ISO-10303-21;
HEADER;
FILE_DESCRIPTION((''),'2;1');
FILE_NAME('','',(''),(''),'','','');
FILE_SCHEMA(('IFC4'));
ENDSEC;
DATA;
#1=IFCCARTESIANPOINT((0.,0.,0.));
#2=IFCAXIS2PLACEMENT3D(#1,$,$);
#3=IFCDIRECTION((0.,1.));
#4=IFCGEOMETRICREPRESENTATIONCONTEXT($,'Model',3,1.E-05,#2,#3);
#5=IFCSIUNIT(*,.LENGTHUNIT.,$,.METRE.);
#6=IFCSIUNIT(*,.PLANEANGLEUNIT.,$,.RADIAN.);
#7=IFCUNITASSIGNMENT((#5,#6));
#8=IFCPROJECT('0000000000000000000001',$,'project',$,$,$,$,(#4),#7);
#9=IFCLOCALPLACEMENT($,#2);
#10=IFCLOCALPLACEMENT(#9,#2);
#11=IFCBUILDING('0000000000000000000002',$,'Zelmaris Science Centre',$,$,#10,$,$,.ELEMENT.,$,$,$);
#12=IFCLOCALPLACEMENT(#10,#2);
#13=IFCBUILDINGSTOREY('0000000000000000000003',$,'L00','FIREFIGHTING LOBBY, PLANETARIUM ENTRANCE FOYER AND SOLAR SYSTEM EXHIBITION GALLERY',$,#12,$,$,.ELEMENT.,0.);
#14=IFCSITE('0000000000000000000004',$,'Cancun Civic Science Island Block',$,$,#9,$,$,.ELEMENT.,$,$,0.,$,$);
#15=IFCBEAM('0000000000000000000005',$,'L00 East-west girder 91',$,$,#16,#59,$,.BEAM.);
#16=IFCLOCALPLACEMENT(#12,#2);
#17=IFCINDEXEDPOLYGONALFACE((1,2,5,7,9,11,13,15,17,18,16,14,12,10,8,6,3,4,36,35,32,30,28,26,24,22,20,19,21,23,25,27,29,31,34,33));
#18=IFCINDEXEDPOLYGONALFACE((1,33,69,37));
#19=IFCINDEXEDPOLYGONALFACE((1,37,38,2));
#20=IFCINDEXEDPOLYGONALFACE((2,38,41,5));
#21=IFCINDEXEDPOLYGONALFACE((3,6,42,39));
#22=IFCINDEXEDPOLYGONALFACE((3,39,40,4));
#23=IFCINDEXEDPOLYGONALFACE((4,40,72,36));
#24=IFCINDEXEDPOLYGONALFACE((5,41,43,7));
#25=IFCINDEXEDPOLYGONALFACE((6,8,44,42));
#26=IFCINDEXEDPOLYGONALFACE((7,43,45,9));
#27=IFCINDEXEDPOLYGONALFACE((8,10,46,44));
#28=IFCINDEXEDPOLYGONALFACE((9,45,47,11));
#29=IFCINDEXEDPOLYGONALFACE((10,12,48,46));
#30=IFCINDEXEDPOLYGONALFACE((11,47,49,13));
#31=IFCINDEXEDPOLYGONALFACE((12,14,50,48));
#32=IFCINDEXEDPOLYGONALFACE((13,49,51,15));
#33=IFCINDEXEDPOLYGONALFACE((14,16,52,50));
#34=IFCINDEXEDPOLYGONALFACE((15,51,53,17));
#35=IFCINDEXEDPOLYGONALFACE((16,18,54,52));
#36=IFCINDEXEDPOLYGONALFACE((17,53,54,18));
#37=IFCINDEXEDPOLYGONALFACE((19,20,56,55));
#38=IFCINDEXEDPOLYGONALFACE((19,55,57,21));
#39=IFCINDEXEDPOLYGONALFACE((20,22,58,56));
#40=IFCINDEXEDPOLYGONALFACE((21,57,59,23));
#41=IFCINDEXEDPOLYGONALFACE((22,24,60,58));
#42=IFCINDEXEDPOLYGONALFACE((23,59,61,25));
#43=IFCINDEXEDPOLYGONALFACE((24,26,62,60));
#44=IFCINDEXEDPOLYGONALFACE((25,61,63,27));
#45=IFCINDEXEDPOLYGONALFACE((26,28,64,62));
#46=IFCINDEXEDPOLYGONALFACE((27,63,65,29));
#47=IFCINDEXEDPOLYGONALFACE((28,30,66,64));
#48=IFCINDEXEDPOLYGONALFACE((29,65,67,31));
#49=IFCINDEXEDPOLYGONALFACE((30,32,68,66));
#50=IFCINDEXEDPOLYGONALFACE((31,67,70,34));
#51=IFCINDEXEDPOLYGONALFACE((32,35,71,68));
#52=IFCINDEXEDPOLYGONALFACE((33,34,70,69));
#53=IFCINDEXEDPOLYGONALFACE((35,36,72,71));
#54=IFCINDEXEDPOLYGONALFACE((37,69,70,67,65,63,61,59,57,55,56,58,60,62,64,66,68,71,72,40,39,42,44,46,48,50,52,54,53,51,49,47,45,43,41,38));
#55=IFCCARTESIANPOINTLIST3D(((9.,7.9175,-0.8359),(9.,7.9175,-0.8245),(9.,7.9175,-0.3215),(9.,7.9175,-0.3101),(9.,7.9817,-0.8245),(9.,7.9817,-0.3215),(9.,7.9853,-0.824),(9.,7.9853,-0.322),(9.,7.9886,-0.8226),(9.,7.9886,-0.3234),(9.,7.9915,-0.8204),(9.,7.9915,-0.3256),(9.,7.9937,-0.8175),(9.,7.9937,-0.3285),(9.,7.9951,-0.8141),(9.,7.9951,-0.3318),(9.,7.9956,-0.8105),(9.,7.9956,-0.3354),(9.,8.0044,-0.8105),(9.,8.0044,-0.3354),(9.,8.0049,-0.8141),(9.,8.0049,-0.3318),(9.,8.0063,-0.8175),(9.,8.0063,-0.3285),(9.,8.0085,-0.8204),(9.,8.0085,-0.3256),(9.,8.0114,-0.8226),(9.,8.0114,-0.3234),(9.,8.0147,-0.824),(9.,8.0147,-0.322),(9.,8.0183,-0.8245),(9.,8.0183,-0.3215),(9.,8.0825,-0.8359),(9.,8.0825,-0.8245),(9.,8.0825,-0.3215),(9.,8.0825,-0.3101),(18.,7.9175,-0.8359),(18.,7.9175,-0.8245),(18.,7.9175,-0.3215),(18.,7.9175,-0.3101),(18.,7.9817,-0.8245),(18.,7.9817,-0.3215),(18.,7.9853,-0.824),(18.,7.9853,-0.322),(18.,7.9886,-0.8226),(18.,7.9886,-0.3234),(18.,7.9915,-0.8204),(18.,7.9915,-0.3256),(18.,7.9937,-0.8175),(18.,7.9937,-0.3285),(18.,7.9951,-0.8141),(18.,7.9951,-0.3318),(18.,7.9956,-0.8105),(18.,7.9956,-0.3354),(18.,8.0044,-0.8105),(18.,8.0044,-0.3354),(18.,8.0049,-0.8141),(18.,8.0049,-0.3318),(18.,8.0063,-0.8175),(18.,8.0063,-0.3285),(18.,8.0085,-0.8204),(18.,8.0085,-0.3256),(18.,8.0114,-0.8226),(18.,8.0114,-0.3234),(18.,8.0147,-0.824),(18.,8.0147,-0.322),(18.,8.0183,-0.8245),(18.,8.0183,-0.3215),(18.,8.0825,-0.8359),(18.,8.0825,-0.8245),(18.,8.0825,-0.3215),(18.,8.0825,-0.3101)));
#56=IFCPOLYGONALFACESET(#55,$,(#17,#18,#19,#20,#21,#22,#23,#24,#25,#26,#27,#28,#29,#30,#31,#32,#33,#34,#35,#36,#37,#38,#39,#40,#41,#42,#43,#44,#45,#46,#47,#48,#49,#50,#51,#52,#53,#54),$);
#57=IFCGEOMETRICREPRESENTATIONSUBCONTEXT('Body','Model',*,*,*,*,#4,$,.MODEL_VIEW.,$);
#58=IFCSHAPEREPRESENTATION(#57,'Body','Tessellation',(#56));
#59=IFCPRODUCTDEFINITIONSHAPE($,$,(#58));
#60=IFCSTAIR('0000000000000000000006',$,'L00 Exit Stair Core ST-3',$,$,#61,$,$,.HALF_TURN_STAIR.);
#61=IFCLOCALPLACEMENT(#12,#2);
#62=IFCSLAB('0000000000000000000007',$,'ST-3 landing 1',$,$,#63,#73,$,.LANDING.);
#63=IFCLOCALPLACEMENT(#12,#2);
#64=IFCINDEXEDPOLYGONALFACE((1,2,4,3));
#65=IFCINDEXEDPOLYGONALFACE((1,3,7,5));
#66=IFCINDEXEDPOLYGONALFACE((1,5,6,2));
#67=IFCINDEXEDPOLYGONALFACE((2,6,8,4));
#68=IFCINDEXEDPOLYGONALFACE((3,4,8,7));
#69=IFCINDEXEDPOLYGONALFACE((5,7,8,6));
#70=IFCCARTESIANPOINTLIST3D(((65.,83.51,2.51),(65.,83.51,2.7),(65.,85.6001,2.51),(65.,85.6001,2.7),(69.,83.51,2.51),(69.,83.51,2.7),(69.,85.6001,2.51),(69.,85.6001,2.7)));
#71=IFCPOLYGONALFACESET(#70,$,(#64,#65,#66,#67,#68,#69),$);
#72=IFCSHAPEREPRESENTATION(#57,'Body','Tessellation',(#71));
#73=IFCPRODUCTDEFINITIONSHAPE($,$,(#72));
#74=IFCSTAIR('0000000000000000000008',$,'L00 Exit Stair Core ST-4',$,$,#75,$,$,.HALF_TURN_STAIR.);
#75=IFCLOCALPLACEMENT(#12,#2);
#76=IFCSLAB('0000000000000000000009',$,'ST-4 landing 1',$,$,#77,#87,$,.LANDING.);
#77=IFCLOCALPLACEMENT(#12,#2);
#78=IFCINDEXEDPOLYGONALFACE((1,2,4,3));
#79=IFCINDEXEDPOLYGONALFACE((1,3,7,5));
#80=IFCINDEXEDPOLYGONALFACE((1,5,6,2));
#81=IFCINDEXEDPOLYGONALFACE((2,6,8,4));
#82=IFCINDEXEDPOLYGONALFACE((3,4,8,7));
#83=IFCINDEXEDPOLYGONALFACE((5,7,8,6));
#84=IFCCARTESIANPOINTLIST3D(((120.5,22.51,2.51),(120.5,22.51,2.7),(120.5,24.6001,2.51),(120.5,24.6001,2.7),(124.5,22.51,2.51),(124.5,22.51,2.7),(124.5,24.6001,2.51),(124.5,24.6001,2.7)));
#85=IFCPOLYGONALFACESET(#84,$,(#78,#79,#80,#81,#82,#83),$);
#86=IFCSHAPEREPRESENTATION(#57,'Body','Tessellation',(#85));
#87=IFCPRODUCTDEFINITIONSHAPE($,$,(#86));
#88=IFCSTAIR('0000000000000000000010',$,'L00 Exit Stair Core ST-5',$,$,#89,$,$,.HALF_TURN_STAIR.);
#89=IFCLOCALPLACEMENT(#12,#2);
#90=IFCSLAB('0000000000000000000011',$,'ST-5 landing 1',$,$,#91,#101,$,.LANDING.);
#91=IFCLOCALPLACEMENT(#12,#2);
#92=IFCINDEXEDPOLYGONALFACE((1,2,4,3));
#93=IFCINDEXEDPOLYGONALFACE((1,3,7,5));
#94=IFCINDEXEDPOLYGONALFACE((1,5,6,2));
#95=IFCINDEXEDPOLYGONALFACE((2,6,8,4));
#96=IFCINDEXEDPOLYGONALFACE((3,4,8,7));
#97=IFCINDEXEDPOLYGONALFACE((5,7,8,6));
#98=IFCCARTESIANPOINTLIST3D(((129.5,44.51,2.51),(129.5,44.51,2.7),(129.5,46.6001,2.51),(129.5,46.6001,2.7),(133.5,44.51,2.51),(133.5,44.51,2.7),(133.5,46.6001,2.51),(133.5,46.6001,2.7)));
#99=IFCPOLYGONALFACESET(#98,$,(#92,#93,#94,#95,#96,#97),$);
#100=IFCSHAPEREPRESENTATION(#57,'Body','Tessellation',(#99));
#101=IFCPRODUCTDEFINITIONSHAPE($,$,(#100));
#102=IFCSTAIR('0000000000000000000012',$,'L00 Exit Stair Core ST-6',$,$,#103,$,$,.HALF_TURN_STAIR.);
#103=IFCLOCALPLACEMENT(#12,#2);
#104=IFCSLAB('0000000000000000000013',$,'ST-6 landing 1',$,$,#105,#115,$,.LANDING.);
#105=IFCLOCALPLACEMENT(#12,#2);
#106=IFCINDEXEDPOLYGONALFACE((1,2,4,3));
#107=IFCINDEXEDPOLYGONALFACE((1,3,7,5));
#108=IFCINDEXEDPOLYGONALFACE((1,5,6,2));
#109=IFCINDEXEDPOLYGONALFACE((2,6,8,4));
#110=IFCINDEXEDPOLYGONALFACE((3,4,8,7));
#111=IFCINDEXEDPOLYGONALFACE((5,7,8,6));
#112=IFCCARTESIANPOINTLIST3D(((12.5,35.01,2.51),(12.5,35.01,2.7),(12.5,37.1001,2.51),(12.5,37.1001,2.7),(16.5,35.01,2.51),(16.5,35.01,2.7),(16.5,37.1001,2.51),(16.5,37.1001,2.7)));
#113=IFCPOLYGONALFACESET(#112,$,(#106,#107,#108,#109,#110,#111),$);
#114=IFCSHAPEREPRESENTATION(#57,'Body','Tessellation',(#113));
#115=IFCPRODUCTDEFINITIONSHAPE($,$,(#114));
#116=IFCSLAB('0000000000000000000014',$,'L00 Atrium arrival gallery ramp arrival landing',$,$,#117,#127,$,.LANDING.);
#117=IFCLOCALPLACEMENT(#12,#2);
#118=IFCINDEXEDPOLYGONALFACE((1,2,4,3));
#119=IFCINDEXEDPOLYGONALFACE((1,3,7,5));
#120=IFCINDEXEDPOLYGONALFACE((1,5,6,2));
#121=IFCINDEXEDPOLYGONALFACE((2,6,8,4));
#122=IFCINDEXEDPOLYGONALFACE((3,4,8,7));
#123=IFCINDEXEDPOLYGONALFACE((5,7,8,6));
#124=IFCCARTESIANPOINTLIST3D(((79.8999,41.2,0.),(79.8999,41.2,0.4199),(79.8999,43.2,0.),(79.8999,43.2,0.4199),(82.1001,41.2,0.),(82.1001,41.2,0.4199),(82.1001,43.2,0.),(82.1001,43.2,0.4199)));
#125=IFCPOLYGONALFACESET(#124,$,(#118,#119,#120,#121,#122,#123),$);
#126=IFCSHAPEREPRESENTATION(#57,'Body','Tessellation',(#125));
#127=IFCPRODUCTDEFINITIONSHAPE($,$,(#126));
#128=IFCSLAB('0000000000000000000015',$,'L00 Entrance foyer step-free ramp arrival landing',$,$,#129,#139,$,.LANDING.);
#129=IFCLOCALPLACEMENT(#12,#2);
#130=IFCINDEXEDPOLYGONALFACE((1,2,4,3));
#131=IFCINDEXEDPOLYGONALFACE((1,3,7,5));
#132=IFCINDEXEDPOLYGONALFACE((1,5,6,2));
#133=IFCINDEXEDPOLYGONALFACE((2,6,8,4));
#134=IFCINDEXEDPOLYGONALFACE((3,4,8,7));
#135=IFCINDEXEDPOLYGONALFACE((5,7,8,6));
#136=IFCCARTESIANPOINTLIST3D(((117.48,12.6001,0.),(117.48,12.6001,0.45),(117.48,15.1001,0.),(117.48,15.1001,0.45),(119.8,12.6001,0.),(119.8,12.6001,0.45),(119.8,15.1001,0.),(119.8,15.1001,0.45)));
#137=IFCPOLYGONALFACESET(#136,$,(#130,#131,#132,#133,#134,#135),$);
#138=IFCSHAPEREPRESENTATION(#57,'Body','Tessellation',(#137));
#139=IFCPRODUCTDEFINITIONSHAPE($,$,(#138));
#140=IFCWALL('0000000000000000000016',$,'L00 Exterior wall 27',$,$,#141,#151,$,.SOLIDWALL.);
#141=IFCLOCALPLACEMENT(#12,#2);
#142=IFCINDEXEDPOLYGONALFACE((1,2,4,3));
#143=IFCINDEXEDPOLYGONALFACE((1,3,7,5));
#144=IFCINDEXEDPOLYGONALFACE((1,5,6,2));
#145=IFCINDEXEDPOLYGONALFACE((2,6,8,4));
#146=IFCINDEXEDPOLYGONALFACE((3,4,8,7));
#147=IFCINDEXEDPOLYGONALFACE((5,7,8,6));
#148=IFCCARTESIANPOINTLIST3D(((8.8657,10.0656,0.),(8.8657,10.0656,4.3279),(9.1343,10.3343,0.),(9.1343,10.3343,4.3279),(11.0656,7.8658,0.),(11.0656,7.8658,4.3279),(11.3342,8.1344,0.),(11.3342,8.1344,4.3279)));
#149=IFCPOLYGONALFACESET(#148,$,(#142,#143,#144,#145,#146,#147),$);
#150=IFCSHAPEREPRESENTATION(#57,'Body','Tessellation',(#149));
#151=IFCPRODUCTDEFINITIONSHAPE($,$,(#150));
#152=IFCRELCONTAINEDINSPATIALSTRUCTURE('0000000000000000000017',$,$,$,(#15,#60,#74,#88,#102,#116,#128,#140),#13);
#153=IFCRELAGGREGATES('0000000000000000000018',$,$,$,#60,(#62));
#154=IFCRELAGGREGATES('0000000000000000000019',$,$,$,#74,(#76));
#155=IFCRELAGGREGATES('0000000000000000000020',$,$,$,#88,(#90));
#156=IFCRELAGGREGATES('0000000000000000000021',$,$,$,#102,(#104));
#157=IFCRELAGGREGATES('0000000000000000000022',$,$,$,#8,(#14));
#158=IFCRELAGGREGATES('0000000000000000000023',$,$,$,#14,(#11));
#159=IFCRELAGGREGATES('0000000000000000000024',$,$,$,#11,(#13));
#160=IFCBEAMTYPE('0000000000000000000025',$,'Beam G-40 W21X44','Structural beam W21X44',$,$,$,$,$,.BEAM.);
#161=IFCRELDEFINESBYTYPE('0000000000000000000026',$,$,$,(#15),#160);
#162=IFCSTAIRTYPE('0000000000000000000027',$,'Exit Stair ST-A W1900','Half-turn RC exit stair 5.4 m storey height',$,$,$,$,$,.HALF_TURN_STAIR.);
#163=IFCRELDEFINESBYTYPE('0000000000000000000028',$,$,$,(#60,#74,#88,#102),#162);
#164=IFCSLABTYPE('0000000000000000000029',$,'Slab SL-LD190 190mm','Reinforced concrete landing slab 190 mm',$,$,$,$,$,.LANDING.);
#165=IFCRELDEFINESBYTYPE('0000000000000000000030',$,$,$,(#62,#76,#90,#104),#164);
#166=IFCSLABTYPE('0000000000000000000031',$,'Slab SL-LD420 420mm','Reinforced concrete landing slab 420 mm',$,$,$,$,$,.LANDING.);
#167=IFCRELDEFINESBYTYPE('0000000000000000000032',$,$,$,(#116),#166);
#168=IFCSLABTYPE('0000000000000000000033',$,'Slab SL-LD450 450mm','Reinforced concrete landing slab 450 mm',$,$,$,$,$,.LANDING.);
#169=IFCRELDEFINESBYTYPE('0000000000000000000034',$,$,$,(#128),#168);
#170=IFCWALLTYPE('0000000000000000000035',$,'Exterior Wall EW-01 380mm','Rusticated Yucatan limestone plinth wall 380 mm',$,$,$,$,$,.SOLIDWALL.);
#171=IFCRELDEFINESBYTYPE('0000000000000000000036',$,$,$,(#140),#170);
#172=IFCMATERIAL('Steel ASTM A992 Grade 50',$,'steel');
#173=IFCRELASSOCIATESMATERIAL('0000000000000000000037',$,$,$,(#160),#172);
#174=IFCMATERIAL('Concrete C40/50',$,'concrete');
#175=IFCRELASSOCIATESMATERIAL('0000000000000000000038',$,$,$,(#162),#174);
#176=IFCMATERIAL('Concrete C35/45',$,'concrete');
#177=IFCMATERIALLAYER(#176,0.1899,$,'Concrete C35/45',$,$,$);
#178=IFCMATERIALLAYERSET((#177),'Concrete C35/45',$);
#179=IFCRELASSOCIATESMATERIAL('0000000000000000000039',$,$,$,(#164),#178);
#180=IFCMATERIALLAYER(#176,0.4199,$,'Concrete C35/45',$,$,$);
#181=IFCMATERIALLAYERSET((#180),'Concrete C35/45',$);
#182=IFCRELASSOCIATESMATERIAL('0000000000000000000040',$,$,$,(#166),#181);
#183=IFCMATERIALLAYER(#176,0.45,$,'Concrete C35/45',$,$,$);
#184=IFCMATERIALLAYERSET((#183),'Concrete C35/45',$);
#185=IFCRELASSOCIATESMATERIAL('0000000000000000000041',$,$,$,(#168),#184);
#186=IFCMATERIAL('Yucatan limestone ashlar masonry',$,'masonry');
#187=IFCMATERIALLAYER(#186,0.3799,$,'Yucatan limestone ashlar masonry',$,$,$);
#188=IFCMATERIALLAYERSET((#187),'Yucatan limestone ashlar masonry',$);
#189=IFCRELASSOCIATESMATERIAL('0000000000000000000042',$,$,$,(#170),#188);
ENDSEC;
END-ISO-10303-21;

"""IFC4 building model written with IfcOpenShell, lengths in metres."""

from ifc_helpers import new_model, si_unit, direction, frame, frame_2d, origin, origin_2d, place, context, subcontext, project, spatial, polyline, rectangle, i_section, outline, extrude, material, layer, layer_set, material_profile, profile_set, type_object, element, aggregate, save


model = new_model("IFC4")

# Units and contexts
model_context = context("Model", 3, precision=1e-05, world=origin(), true_north=direction((0.0, 1.0)))
body_context = subcontext(model_context, "Body", "Model", "MODEL_VIEW")
ifc_project = project(units=[si_unit("LENGTHUNIT", "METRE"), si_unit("PLANEANGLEUNIT", "RADIAN")], contexts=[model_context])

# Site, building, storey
site_placement = place(None, origin())
site = spatial("IfcSite", under=ifc_project, at=site_placement, Name="Cancun Civic Science Island Block", CompositionType="ELEMENT", RefElevation=0.0)
building_placement = place(site_placement, origin())
building = spatial("IfcBuilding", under=site, at=building_placement, Name="Zelmaris Science Centre", CompositionType="ELEMENT")
storey_placement = place(building_placement, origin())
storey = spatial("IfcBuildingStorey", under=building, at=storey_placement, Name="L00", Description="FIREFIGHTING LOBBY, PLANETARIUM ENTRANCE FOYER AND SOLAR SYSTEM EXHIBITION GALLERY", CompositionType="ELEMENT", Elevation=0.0)

# Shared definitions
ifc_material_1 = material(Name="Steel ASTM A992 Grade 50", Category="steel")
ifc_material_2 = material(Name="Yucatan limestone ashlar masonry", Category="masonry")

# Beam
ifc_material_profile_1 = material_profile(ifc_material_1, i_section(OverallWidth=0.165, OverallDepth=0.5259, WebThickness=0.0088, FlangeThickness=0.0115, FilletRadius=0.0139, at=origin_2d()), Name="W21X44")
ifc_profile_set_1 = profile_set([ifc_material_profile_1], Name="Steel ASTM A992 Grade 50")
beam_type_1 = type_object("IfcBeamType", Name="Beam G-40 W21X44", Description="Structural beam W21X44", PredefinedType="BEAM", material=ifc_profile_set_1)
beam_1_placement = place(storey_placement, frame((9.0, 8.0, -0.573), z_axis=(1.0, 0.0, 0.0), x_axis=(0.0, 1.0, 0.0)))
element("IfcBeam", 1, at=beam_1_placement, inside=storey, type_object=beam_type_1, Name="L00 East-west girder 91", PredefinedType="BEAM", context=body_context, shape_type="SweptSolid", body=[
    extrude(i_section(OverallWidth=0.165, OverallDepth=0.5259, WebThickness=0.0088, FlangeThickness=0.0115, FilletRadius=0.0139, at=origin_2d()), origin(), (0.0, 0.0, 1.0), 9.0),
])

# Stairs, slabs
ifc_material_3 = material(Name="Concrete C40/50", Category="concrete")
stair_type = type_object("IfcStairType", Name="Exit Stair ST-A W1900", Description="Half-turn RC exit stair 5.4 m storey height", PredefinedType="HALF_TURN_STAIR", material=ifc_material_3)
stair_1_placement = place(storey_placement, origin())
stair_1 = element("IfcStair", 2, at=stair_1_placement, inside=storey, type_object=stair_type, Name="L00 Exit Stair Core ST-3", PredefinedType="HALF_TURN_STAIR")
ifc_material_4 = material(Name="Concrete C35/45", Category="concrete")
ifc_layer_1 = layer(ifc_material_4, 0.1899, Name="Concrete C35/45")
ifc_layer_set_1 = layer_set([ifc_layer_1], Name="Concrete C35/45")
slab_type_1 = type_object("IfcSlabType", Name="Slab SL-LD190 190mm", Description="Reinforced concrete landing slab 190 mm", PredefinedType="LANDING", material=ifc_layer_set_1)
slab_1_placement = place(storey_placement, frame((0.0, 0.0, 2.51)))
slab_1 = element("IfcSlab", 3, at=slab_1_placement, type_object=slab_type_1, Name="ST-3 landing 1", PredefinedType="LANDING", context=body_context, shape_type="SweptSolid", body=[
    extrude(outline(polyline([(69.0, 83.51), (69.0, 85.6001), (65.0, 85.6001), (65.0, 83.51), (69.0, 83.51)])), origin(), (0.0, 0.0, 1.0), 0.1899),
])
aggregate(stair_1, [slab_1])
stair_2_placement = place(storey_placement, origin())
stair_2 = element("IfcStair", 4, at=stair_2_placement, inside=storey, type_object=stair_type, Name="L00 Exit Stair Core ST-4", PredefinedType="HALF_TURN_STAIR")
slab_2_placement = place(storey_placement, frame((0.0, 0.0, 2.51)))
slab_2 = element("IfcSlab", 5, at=slab_2_placement, type_object=slab_type_1, Name="ST-4 landing 1", PredefinedType="LANDING", context=body_context, shape_type="SweptSolid", body=[
    extrude(outline(polyline([(124.5, 22.51), (124.5, 24.6001), (120.5, 24.6001), (120.5, 22.51), (124.5, 22.51)])), origin(), (0.0, 0.0, 1.0), 0.1899),
])
aggregate(stair_2, [slab_2])
stair_3_placement = place(storey_placement, origin())
stair_3 = element("IfcStair", 6, at=stair_3_placement, inside=storey, type_object=stair_type, Name="L00 Exit Stair Core ST-5", PredefinedType="HALF_TURN_STAIR")
slab_3_placement = place(storey_placement, frame((0.0, 0.0, 2.51)))
slab_3 = element("IfcSlab", 7, at=slab_3_placement, type_object=slab_type_1, Name="ST-5 landing 1", PredefinedType="LANDING", context=body_context, shape_type="SweptSolid", body=[
    extrude(outline(polyline([(133.5, 44.51), (133.5, 46.6001), (129.5, 46.6001), (129.5, 44.51), (133.5, 44.51)])), origin(), (0.0, 0.0, 1.0), 0.1899),
])
aggregate(stair_3, [slab_3])
stair_4_placement = place(storey_placement, origin())
stair_4 = element("IfcStair", 8, at=stair_4_placement, inside=storey, type_object=stair_type, Name="L00 Exit Stair Core ST-6", PredefinedType="HALF_TURN_STAIR")
slab_4_placement = place(storey_placement, frame((0.0, 0.0, 2.51)))
slab_4 = element("IfcSlab", 9, at=slab_4_placement, type_object=slab_type_1, Name="ST-6 landing 1", PredefinedType="LANDING", context=body_context, shape_type="SweptSolid", body=[
    extrude(outline(polyline([(16.5, 35.01), (16.5, 37.1001), (12.5, 37.1001), (12.5, 35.01), (16.5, 35.01)])), origin(), (0.0, 0.0, 1.0), 0.1899),
])
aggregate(stair_4, [slab_4])

# Slabs
ifc_layer_2 = layer(ifc_material_4, 0.4199, Name="Concrete C35/45")
ifc_layer_set_2 = layer_set([ifc_layer_2], Name="Concrete C35/45")
slab_type_2 = type_object("IfcSlabType", Name="Slab SL-LD420 420mm", Description="Reinforced concrete landing slab 420 mm", PredefinedType="LANDING", material=ifc_layer_set_2)
slab_5_placement = place(storey_placement, origin())
element("IfcSlab", 10, at=slab_5_placement, inside=storey, type_object=slab_type_2, Name="L00 Atrium arrival gallery ramp arrival landing", PredefinedType="LANDING", context=body_context, shape_type="SweptSolid", body=[
    extrude(outline(polyline([(79.8999, 41.2), (82.1001, 41.2), (82.1001, 43.2), (79.8999, 43.2), (79.8999, 41.2)])), origin(), (0.0, 0.0, 1.0), 0.4199),
])
ifc_layer_3 = layer(ifc_material_4, 0.45, Name="Concrete C35/45")
ifc_layer_set_3 = layer_set([ifc_layer_3], Name="Concrete C35/45")
slab_type_3 = type_object("IfcSlabType", Name="Slab SL-LD450 450mm", Description="Reinforced concrete landing slab 450 mm", PredefinedType="LANDING", material=ifc_layer_set_3)
slab_6_placement = place(storey_placement, origin())
element("IfcSlab", 11, at=slab_6_placement, inside=storey, type_object=slab_type_3, Name="L00 Entrance foyer step-free ramp arrival landing", PredefinedType="LANDING", context=body_context, shape_type="SweptSolid", body=[
    extrude(outline(polyline([(117.48, 12.6001), (119.8, 12.6001), (119.8, 15.1001), (117.48, 15.1001), (117.48, 12.6001)])), origin(), (0.0, 0.0, 1.0), 0.45),
])

# Wall
ifc_layer_4 = layer(ifc_material_2, 0.3799, Name="Yucatan limestone ashlar masonry")
ifc_layer_set_4 = layer_set([ifc_layer_4], Name="Yucatan limestone ashlar masonry")
wall_type = type_object("IfcWallType", Name="Exterior Wall EW-01 380mm", Description="Rusticated Yucatan limestone plinth wall 380 mm", PredefinedType="SOLIDWALL", material=ifc_layer_set_4)
wall_placement = place(storey_placement, frame((11.2, 8.0, 0.0), z_axis=(0.0, 0.0, 1.0), x_axis=(-0.707107, 0.707107, 0.0)))
element("IfcWall", 12, at=wall_placement, inside=storey, type_object=wall_type, Name="L00 Exterior wall 27", PredefinedType="SOLIDWALL", context=body_context, shape_type="SweptSolid", body=[
    extrude(rectangle(XDim=3.1111, YDim=0.3799, at=frame_2d((1.5557, 0.0))), origin(), (0.0, 0.0, 1.0), 4.3279),
])

save(model, "model.ifc")
